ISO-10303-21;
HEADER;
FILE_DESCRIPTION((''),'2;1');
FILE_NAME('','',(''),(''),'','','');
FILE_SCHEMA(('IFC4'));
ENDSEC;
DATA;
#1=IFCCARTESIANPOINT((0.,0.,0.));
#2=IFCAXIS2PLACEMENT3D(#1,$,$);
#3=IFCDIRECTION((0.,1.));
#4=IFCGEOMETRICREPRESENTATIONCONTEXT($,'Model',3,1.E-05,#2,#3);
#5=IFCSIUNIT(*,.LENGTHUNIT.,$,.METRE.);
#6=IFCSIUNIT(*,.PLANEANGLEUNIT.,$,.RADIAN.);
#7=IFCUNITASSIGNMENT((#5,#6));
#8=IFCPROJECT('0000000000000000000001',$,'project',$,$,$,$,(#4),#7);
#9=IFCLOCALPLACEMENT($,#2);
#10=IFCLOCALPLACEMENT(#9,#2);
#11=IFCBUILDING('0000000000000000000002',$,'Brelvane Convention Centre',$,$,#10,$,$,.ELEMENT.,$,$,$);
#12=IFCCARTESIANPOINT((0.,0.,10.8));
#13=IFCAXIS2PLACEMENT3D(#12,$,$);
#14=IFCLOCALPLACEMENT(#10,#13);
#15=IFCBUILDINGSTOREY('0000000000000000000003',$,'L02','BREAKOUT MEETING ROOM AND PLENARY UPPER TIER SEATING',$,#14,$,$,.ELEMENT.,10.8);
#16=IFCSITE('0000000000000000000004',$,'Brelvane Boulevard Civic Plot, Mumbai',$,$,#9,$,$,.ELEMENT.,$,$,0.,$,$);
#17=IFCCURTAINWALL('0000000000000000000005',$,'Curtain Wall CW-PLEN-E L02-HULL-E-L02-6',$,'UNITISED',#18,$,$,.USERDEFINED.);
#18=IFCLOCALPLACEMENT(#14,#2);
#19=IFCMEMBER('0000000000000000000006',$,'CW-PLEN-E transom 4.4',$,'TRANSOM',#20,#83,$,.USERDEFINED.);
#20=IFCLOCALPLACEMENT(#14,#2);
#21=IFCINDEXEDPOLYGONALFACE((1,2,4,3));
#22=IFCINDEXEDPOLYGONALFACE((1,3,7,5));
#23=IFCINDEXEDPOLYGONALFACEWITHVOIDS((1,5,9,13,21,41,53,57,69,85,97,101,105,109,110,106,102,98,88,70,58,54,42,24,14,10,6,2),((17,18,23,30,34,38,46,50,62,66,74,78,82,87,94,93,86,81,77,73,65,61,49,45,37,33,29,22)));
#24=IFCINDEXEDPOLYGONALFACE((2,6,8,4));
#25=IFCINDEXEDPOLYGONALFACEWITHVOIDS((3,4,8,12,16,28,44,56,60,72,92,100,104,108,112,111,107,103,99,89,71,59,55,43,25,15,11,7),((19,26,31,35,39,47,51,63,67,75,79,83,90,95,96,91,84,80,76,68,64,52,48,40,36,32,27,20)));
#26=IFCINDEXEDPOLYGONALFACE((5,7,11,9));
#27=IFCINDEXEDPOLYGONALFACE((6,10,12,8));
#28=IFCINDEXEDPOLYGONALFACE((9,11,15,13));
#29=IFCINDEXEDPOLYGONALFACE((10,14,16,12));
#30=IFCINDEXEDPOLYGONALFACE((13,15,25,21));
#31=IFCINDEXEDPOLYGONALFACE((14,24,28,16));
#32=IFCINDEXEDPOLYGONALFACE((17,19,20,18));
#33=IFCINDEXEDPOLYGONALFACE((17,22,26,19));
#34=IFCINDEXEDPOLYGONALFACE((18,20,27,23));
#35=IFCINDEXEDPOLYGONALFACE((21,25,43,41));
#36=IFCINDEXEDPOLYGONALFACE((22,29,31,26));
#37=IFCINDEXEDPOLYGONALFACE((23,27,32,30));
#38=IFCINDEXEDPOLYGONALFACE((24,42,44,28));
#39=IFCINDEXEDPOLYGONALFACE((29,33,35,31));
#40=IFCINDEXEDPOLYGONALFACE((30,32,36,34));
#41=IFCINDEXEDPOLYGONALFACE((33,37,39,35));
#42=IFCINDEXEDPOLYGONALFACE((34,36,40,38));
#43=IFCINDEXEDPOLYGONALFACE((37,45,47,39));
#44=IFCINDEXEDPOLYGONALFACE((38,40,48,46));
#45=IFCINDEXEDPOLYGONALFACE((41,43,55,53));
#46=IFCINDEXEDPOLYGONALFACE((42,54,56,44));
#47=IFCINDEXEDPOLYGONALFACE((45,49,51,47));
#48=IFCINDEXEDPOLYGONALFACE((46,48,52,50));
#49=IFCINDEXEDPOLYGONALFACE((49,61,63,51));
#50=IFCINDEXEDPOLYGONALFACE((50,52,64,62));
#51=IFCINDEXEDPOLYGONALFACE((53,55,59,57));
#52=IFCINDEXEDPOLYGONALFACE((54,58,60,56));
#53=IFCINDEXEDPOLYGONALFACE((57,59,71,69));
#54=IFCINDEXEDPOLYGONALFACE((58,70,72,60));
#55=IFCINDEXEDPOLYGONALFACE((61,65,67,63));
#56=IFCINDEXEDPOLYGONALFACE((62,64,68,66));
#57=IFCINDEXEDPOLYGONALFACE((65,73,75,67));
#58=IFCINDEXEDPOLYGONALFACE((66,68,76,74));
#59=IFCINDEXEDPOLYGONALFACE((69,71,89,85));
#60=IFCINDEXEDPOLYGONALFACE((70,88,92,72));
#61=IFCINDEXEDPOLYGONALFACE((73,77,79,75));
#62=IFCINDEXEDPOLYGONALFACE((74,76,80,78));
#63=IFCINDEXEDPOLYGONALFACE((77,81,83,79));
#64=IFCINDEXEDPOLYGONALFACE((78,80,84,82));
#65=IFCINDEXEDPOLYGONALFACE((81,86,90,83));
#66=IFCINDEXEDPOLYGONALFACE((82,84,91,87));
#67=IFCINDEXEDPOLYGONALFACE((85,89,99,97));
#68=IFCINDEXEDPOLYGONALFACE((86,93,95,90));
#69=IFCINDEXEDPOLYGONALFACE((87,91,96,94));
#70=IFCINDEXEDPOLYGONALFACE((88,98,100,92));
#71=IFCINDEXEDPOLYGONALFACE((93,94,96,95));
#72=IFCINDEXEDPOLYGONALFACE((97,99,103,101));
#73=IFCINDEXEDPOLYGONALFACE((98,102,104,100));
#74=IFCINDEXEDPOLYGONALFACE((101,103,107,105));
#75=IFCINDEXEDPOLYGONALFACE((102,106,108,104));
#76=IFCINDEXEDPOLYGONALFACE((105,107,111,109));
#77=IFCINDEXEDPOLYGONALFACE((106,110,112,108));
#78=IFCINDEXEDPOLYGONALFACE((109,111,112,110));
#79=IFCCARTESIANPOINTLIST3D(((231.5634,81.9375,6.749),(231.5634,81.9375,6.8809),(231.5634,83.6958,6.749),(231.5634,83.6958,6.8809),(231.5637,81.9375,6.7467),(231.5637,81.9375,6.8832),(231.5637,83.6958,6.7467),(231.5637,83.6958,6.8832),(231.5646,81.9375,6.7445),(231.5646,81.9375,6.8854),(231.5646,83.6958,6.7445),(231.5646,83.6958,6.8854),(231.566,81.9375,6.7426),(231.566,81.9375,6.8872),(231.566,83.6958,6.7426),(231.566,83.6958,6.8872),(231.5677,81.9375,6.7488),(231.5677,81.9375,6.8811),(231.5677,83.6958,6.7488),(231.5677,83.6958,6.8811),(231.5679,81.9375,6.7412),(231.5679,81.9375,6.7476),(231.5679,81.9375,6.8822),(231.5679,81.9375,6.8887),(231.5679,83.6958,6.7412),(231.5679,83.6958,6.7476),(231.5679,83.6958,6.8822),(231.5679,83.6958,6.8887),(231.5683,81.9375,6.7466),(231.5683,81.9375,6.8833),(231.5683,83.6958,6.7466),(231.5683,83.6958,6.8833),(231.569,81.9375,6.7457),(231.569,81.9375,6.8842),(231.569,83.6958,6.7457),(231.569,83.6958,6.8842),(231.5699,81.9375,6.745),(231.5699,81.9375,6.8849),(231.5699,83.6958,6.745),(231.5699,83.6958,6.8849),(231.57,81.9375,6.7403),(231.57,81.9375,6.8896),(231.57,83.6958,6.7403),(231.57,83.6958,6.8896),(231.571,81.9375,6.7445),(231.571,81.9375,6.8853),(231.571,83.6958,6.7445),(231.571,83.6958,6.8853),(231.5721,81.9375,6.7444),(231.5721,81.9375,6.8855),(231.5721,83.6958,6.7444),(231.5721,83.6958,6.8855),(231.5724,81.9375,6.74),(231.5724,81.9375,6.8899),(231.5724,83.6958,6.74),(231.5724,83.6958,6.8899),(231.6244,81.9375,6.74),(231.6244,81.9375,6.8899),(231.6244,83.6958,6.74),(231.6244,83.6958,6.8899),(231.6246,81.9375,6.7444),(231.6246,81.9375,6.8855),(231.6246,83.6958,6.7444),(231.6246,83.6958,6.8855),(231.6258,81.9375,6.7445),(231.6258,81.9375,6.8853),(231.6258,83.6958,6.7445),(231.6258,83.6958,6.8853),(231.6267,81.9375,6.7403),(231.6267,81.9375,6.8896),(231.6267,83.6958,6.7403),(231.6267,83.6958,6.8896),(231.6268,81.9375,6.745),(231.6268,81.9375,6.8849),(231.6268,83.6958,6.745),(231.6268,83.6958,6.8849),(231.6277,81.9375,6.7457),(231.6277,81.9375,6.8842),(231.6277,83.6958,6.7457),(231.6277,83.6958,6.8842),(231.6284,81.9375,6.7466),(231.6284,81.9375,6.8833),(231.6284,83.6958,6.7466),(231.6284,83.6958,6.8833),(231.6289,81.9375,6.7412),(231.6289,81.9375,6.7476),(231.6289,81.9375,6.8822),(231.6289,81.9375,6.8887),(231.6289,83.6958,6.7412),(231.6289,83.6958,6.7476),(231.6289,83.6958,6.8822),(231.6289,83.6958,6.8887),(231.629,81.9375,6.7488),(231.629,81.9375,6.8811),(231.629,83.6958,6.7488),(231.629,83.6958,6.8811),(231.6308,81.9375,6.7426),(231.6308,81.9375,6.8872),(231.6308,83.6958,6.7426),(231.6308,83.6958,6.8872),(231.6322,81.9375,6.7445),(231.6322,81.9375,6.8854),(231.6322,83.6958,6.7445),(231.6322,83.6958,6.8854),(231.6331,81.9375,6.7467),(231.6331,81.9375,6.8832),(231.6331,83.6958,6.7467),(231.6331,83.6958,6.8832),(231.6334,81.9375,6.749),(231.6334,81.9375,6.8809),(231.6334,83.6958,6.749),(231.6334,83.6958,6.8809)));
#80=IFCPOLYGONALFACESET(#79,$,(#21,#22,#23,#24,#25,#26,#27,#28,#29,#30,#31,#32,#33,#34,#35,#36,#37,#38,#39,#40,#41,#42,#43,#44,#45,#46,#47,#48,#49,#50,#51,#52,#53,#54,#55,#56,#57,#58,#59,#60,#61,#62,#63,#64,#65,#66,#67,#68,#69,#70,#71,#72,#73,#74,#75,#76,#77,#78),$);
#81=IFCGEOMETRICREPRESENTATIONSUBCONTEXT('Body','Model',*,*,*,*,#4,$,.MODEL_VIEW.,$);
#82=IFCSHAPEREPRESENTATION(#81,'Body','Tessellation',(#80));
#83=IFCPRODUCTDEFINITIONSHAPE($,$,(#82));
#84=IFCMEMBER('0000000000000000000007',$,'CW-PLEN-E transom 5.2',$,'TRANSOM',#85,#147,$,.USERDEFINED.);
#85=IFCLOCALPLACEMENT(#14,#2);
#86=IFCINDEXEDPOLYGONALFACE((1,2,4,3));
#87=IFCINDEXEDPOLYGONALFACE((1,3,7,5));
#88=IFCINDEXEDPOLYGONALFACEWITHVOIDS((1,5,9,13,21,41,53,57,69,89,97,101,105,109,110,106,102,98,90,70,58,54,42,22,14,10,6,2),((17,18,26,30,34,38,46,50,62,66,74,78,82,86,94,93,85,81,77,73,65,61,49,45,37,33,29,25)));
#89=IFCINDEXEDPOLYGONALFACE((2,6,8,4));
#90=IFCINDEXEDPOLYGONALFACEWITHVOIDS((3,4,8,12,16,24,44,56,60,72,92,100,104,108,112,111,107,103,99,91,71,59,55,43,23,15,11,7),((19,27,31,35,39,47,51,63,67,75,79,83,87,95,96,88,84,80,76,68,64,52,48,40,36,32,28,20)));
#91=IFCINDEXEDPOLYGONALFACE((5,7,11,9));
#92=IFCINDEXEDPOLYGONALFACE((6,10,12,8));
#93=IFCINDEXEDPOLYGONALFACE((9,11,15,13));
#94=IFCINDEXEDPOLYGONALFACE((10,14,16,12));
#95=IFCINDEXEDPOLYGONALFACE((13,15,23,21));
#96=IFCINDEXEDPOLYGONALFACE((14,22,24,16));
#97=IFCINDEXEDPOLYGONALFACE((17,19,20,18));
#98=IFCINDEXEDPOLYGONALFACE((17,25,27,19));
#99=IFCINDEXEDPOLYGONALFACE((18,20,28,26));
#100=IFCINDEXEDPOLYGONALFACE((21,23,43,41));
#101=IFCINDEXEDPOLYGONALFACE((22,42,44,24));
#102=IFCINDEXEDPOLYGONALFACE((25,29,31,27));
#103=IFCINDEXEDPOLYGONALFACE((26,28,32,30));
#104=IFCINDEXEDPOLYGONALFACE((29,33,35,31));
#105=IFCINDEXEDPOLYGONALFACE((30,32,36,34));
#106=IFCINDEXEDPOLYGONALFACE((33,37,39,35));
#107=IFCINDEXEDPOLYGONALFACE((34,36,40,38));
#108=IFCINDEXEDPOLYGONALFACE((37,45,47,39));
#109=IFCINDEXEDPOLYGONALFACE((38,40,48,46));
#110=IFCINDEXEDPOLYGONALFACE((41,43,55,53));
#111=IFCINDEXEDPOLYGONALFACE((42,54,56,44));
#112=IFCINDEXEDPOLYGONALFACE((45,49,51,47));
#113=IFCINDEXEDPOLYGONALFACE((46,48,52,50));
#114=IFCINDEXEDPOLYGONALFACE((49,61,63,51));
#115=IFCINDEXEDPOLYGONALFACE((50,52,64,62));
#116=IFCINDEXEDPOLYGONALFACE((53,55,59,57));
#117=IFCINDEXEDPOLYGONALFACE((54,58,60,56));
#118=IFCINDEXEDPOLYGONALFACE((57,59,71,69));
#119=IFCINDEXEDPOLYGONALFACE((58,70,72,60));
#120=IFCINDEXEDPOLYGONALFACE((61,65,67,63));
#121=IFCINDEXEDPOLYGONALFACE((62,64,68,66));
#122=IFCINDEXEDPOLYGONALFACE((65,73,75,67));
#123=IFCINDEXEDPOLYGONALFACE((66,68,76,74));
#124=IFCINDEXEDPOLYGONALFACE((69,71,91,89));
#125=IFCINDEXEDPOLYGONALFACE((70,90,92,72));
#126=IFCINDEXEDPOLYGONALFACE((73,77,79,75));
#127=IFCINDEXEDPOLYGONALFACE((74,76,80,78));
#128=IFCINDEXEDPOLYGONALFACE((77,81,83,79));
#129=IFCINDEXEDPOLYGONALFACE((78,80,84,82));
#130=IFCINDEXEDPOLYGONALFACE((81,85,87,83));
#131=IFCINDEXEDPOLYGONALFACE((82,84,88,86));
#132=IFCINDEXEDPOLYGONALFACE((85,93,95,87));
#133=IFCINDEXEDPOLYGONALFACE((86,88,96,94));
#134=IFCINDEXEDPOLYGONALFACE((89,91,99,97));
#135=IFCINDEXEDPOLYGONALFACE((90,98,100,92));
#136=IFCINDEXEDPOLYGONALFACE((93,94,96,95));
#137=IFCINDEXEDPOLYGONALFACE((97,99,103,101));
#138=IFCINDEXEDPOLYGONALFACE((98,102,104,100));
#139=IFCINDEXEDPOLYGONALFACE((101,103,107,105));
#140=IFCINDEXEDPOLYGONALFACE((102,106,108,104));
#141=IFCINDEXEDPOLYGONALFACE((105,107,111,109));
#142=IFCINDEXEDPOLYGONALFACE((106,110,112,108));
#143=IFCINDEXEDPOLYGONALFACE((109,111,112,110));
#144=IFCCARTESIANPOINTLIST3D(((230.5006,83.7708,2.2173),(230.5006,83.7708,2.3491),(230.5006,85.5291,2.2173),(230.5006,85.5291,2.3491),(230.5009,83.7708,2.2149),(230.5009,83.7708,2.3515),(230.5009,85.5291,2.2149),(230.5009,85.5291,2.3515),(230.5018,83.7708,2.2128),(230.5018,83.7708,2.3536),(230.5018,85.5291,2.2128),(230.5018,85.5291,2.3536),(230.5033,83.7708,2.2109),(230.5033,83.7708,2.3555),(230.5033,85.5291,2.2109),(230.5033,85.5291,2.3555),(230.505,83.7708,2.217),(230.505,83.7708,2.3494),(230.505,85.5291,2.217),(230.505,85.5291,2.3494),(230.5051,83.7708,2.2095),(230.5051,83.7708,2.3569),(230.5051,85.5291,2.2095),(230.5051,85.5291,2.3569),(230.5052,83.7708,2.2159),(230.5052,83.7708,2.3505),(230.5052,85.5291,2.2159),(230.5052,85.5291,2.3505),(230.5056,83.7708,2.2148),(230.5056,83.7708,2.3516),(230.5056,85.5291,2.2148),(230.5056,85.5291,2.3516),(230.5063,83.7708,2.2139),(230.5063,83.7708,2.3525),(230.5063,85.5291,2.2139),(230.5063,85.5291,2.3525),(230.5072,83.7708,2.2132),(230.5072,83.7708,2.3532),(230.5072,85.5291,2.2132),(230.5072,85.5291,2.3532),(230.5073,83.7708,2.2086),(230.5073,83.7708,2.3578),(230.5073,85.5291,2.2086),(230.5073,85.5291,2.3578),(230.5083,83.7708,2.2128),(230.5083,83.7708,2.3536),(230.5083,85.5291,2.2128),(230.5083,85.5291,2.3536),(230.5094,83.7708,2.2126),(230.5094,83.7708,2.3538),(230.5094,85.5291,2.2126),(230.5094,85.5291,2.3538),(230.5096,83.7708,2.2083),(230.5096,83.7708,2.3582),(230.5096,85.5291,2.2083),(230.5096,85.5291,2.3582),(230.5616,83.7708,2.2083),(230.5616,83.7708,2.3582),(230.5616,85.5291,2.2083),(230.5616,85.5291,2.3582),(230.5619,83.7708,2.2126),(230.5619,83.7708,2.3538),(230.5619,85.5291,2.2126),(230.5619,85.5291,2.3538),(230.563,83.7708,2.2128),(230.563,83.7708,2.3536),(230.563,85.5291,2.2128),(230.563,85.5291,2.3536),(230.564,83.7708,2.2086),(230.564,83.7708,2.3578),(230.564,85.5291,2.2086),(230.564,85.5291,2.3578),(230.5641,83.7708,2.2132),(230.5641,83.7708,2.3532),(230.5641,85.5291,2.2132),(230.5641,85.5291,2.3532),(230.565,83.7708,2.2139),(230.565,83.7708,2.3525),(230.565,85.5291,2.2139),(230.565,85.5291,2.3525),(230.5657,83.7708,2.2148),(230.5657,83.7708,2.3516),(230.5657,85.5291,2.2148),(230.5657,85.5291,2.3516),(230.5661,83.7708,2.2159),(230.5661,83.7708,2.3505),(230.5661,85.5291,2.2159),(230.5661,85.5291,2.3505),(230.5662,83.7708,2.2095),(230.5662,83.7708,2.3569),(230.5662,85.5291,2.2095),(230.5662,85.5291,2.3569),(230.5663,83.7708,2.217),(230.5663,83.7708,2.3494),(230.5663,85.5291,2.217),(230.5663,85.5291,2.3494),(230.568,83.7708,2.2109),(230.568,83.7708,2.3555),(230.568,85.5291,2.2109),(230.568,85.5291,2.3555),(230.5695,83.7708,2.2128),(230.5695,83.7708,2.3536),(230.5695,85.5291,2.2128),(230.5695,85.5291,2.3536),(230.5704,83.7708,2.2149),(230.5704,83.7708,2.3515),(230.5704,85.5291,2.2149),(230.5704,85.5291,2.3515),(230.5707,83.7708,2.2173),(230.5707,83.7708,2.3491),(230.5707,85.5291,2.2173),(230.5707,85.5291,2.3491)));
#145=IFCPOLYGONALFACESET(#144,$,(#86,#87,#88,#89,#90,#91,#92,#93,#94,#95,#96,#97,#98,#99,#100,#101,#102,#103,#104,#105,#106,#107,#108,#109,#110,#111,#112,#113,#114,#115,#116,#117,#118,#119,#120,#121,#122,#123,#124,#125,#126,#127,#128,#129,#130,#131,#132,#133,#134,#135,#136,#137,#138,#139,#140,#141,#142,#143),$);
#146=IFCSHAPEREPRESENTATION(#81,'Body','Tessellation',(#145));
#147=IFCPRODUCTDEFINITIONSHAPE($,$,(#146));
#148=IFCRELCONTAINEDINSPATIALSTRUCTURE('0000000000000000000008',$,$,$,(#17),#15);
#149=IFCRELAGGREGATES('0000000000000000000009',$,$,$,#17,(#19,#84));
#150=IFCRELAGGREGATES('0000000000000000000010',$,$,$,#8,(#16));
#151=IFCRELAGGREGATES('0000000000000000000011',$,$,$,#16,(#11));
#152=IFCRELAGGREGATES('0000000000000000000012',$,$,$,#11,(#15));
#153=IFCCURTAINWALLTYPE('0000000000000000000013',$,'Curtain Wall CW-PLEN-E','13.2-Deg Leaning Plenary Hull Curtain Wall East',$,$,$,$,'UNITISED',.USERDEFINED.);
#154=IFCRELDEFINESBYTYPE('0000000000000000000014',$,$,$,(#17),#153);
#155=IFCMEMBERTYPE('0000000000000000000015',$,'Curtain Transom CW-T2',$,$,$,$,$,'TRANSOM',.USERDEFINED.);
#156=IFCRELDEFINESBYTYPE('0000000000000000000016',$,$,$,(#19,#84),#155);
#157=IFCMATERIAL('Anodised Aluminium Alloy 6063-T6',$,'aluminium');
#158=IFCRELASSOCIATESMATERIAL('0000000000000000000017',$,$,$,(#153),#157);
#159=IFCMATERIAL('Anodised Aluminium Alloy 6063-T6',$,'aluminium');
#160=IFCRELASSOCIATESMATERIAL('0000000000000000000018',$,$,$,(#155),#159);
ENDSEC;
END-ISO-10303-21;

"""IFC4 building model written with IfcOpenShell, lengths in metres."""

from ifc_helpers import new_model, si_unit, direction, frame, origin, origin_2d, place, context, subcontext, project, spatial, hollow_rectangle, extrude, material, material_profile, profile_set, type_object, element, aggregate, save


model = new_model("IFC4")

# Units and contexts
model_context = context("Model", 3, precision=1e-05, world=origin(), true_north=direction((0.0, 1.0)))
body_context = subcontext(model_context, "Body", "Model", "MODEL_VIEW")
ifc_project = project(units=[si_unit("LENGTHUNIT", "METRE"), si_unit("PLANEANGLEUNIT", "RADIAN")], contexts=[model_context])

# Site, building, storey
site_placement = place(None, origin())
site = spatial("IfcSite", under=ifc_project, at=site_placement, Name="Brelvane Boulevard Civic Plot, Mumbai", CompositionType="ELEMENT", RefElevation=0.0)
building_placement = place(site_placement, origin())
building = spatial("IfcBuilding", under=site, at=building_placement, Name="Brelvane Convention Centre", CompositionType="ELEMENT")
storey_placement = place(building_placement, frame((0.0, 0.0, 10.8)))
storey = spatial("IfcBuildingStorey", under=building, at=storey_placement, Name="L02", Description="BREAKOUT MEETING ROOM AND PLENARY UPPER TIER SEATING", CompositionType="ELEMENT", Elevation=10.8)

# Curtain wall, members
ifc_material_1 = material(Name="Anodised Aluminium Alloy 6063-T6", Category="aluminium")
curtain_wall_type = type_object("IfcCurtainWallType", Name="Curtain Wall CW-PLEN-E", Description="13.2-Deg Leaning Plenary Hull Curtain Wall East", ElementType="UNITISED", PredefinedType="USERDEFINED", material=ifc_material_1)
curtain_wall_placement = place(storey_placement, origin())
curtain_wall = element("IfcCurtainWall", 1, at=curtain_wall_placement, inside=storey, type_object=curtain_wall_type, Name="Curtain Wall CW-PLEN-E L02-HULL-E-L02-6", ObjectType="UNITISED", PredefinedType="USERDEFINED")
ifc_material_2 = material(Name="Anodised Aluminium Alloy 6063-T6", Category="aluminium")
ifc_material_profile = material_profile(ifc_material_2, hollow_rectangle(XDim=0.0701, YDim=0.1499, WallThickness=0.0044, InnerFilletRadius=0.0044, OuterFilletRadius=0.009, at=origin_2d()), Name="ALU-T 150x70x4.5")
ifc_profile_set = profile_set([ifc_material_profile], Name="Anodised Aluminium Alloy 6063-T6")
member_type = type_object("IfcMemberType", Name="Curtain Transom CW-T2", ElementType="TRANSOM", PredefinedType="USERDEFINED", material=ifc_profile_set)
member_1_placement = place(storey_placement, frame((231.5984, 81.9375, 6.8149), z_axis=(0.0, 1.0, 0.0), x_axis=(-1.0, 0.0, 0.0)))
member_1 = element("IfcMember", 2, at=member_1_placement, type_object=member_type, Name="CW-PLEN-E transom 4.4", ObjectType="TRANSOM", PredefinedType="USERDEFINED", context=body_context, shape_type="SweptSolid", body=[
    extrude(hollow_rectangle(XDim=0.0701, YDim=0.1499, WallThickness=0.0044, InnerFilletRadius=0.0044, OuterFilletRadius=0.009, at=origin_2d()), origin(), (0.0, 0.0, 1.0), 1.7583),
])
member_2_placement = place(storey_placement, frame((230.5356, 83.7708, 2.2832), z_axis=(0.0, 1.0, 0.0), x_axis=(-1.0, 0.0, 0.0)))
member_2 = element("IfcMember", 3, at=member_2_placement, type_object=member_type, Name="CW-PLEN-E transom 5.2", ObjectType="TRANSOM", PredefinedType="USERDEFINED", context=body_context, shape_type="SweptSolid", body=[
    extrude(hollow_rectangle(XDim=0.0701, YDim=0.1499, WallThickness=0.0044, InnerFilletRadius=0.0044, OuterFilletRadius=0.009, at=origin_2d()), origin(), (0.0, 0.0, 1.0), 1.7583),
])
aggregate(curtain_wall, [member_1, member_2])

save(model, "model.ifc")
